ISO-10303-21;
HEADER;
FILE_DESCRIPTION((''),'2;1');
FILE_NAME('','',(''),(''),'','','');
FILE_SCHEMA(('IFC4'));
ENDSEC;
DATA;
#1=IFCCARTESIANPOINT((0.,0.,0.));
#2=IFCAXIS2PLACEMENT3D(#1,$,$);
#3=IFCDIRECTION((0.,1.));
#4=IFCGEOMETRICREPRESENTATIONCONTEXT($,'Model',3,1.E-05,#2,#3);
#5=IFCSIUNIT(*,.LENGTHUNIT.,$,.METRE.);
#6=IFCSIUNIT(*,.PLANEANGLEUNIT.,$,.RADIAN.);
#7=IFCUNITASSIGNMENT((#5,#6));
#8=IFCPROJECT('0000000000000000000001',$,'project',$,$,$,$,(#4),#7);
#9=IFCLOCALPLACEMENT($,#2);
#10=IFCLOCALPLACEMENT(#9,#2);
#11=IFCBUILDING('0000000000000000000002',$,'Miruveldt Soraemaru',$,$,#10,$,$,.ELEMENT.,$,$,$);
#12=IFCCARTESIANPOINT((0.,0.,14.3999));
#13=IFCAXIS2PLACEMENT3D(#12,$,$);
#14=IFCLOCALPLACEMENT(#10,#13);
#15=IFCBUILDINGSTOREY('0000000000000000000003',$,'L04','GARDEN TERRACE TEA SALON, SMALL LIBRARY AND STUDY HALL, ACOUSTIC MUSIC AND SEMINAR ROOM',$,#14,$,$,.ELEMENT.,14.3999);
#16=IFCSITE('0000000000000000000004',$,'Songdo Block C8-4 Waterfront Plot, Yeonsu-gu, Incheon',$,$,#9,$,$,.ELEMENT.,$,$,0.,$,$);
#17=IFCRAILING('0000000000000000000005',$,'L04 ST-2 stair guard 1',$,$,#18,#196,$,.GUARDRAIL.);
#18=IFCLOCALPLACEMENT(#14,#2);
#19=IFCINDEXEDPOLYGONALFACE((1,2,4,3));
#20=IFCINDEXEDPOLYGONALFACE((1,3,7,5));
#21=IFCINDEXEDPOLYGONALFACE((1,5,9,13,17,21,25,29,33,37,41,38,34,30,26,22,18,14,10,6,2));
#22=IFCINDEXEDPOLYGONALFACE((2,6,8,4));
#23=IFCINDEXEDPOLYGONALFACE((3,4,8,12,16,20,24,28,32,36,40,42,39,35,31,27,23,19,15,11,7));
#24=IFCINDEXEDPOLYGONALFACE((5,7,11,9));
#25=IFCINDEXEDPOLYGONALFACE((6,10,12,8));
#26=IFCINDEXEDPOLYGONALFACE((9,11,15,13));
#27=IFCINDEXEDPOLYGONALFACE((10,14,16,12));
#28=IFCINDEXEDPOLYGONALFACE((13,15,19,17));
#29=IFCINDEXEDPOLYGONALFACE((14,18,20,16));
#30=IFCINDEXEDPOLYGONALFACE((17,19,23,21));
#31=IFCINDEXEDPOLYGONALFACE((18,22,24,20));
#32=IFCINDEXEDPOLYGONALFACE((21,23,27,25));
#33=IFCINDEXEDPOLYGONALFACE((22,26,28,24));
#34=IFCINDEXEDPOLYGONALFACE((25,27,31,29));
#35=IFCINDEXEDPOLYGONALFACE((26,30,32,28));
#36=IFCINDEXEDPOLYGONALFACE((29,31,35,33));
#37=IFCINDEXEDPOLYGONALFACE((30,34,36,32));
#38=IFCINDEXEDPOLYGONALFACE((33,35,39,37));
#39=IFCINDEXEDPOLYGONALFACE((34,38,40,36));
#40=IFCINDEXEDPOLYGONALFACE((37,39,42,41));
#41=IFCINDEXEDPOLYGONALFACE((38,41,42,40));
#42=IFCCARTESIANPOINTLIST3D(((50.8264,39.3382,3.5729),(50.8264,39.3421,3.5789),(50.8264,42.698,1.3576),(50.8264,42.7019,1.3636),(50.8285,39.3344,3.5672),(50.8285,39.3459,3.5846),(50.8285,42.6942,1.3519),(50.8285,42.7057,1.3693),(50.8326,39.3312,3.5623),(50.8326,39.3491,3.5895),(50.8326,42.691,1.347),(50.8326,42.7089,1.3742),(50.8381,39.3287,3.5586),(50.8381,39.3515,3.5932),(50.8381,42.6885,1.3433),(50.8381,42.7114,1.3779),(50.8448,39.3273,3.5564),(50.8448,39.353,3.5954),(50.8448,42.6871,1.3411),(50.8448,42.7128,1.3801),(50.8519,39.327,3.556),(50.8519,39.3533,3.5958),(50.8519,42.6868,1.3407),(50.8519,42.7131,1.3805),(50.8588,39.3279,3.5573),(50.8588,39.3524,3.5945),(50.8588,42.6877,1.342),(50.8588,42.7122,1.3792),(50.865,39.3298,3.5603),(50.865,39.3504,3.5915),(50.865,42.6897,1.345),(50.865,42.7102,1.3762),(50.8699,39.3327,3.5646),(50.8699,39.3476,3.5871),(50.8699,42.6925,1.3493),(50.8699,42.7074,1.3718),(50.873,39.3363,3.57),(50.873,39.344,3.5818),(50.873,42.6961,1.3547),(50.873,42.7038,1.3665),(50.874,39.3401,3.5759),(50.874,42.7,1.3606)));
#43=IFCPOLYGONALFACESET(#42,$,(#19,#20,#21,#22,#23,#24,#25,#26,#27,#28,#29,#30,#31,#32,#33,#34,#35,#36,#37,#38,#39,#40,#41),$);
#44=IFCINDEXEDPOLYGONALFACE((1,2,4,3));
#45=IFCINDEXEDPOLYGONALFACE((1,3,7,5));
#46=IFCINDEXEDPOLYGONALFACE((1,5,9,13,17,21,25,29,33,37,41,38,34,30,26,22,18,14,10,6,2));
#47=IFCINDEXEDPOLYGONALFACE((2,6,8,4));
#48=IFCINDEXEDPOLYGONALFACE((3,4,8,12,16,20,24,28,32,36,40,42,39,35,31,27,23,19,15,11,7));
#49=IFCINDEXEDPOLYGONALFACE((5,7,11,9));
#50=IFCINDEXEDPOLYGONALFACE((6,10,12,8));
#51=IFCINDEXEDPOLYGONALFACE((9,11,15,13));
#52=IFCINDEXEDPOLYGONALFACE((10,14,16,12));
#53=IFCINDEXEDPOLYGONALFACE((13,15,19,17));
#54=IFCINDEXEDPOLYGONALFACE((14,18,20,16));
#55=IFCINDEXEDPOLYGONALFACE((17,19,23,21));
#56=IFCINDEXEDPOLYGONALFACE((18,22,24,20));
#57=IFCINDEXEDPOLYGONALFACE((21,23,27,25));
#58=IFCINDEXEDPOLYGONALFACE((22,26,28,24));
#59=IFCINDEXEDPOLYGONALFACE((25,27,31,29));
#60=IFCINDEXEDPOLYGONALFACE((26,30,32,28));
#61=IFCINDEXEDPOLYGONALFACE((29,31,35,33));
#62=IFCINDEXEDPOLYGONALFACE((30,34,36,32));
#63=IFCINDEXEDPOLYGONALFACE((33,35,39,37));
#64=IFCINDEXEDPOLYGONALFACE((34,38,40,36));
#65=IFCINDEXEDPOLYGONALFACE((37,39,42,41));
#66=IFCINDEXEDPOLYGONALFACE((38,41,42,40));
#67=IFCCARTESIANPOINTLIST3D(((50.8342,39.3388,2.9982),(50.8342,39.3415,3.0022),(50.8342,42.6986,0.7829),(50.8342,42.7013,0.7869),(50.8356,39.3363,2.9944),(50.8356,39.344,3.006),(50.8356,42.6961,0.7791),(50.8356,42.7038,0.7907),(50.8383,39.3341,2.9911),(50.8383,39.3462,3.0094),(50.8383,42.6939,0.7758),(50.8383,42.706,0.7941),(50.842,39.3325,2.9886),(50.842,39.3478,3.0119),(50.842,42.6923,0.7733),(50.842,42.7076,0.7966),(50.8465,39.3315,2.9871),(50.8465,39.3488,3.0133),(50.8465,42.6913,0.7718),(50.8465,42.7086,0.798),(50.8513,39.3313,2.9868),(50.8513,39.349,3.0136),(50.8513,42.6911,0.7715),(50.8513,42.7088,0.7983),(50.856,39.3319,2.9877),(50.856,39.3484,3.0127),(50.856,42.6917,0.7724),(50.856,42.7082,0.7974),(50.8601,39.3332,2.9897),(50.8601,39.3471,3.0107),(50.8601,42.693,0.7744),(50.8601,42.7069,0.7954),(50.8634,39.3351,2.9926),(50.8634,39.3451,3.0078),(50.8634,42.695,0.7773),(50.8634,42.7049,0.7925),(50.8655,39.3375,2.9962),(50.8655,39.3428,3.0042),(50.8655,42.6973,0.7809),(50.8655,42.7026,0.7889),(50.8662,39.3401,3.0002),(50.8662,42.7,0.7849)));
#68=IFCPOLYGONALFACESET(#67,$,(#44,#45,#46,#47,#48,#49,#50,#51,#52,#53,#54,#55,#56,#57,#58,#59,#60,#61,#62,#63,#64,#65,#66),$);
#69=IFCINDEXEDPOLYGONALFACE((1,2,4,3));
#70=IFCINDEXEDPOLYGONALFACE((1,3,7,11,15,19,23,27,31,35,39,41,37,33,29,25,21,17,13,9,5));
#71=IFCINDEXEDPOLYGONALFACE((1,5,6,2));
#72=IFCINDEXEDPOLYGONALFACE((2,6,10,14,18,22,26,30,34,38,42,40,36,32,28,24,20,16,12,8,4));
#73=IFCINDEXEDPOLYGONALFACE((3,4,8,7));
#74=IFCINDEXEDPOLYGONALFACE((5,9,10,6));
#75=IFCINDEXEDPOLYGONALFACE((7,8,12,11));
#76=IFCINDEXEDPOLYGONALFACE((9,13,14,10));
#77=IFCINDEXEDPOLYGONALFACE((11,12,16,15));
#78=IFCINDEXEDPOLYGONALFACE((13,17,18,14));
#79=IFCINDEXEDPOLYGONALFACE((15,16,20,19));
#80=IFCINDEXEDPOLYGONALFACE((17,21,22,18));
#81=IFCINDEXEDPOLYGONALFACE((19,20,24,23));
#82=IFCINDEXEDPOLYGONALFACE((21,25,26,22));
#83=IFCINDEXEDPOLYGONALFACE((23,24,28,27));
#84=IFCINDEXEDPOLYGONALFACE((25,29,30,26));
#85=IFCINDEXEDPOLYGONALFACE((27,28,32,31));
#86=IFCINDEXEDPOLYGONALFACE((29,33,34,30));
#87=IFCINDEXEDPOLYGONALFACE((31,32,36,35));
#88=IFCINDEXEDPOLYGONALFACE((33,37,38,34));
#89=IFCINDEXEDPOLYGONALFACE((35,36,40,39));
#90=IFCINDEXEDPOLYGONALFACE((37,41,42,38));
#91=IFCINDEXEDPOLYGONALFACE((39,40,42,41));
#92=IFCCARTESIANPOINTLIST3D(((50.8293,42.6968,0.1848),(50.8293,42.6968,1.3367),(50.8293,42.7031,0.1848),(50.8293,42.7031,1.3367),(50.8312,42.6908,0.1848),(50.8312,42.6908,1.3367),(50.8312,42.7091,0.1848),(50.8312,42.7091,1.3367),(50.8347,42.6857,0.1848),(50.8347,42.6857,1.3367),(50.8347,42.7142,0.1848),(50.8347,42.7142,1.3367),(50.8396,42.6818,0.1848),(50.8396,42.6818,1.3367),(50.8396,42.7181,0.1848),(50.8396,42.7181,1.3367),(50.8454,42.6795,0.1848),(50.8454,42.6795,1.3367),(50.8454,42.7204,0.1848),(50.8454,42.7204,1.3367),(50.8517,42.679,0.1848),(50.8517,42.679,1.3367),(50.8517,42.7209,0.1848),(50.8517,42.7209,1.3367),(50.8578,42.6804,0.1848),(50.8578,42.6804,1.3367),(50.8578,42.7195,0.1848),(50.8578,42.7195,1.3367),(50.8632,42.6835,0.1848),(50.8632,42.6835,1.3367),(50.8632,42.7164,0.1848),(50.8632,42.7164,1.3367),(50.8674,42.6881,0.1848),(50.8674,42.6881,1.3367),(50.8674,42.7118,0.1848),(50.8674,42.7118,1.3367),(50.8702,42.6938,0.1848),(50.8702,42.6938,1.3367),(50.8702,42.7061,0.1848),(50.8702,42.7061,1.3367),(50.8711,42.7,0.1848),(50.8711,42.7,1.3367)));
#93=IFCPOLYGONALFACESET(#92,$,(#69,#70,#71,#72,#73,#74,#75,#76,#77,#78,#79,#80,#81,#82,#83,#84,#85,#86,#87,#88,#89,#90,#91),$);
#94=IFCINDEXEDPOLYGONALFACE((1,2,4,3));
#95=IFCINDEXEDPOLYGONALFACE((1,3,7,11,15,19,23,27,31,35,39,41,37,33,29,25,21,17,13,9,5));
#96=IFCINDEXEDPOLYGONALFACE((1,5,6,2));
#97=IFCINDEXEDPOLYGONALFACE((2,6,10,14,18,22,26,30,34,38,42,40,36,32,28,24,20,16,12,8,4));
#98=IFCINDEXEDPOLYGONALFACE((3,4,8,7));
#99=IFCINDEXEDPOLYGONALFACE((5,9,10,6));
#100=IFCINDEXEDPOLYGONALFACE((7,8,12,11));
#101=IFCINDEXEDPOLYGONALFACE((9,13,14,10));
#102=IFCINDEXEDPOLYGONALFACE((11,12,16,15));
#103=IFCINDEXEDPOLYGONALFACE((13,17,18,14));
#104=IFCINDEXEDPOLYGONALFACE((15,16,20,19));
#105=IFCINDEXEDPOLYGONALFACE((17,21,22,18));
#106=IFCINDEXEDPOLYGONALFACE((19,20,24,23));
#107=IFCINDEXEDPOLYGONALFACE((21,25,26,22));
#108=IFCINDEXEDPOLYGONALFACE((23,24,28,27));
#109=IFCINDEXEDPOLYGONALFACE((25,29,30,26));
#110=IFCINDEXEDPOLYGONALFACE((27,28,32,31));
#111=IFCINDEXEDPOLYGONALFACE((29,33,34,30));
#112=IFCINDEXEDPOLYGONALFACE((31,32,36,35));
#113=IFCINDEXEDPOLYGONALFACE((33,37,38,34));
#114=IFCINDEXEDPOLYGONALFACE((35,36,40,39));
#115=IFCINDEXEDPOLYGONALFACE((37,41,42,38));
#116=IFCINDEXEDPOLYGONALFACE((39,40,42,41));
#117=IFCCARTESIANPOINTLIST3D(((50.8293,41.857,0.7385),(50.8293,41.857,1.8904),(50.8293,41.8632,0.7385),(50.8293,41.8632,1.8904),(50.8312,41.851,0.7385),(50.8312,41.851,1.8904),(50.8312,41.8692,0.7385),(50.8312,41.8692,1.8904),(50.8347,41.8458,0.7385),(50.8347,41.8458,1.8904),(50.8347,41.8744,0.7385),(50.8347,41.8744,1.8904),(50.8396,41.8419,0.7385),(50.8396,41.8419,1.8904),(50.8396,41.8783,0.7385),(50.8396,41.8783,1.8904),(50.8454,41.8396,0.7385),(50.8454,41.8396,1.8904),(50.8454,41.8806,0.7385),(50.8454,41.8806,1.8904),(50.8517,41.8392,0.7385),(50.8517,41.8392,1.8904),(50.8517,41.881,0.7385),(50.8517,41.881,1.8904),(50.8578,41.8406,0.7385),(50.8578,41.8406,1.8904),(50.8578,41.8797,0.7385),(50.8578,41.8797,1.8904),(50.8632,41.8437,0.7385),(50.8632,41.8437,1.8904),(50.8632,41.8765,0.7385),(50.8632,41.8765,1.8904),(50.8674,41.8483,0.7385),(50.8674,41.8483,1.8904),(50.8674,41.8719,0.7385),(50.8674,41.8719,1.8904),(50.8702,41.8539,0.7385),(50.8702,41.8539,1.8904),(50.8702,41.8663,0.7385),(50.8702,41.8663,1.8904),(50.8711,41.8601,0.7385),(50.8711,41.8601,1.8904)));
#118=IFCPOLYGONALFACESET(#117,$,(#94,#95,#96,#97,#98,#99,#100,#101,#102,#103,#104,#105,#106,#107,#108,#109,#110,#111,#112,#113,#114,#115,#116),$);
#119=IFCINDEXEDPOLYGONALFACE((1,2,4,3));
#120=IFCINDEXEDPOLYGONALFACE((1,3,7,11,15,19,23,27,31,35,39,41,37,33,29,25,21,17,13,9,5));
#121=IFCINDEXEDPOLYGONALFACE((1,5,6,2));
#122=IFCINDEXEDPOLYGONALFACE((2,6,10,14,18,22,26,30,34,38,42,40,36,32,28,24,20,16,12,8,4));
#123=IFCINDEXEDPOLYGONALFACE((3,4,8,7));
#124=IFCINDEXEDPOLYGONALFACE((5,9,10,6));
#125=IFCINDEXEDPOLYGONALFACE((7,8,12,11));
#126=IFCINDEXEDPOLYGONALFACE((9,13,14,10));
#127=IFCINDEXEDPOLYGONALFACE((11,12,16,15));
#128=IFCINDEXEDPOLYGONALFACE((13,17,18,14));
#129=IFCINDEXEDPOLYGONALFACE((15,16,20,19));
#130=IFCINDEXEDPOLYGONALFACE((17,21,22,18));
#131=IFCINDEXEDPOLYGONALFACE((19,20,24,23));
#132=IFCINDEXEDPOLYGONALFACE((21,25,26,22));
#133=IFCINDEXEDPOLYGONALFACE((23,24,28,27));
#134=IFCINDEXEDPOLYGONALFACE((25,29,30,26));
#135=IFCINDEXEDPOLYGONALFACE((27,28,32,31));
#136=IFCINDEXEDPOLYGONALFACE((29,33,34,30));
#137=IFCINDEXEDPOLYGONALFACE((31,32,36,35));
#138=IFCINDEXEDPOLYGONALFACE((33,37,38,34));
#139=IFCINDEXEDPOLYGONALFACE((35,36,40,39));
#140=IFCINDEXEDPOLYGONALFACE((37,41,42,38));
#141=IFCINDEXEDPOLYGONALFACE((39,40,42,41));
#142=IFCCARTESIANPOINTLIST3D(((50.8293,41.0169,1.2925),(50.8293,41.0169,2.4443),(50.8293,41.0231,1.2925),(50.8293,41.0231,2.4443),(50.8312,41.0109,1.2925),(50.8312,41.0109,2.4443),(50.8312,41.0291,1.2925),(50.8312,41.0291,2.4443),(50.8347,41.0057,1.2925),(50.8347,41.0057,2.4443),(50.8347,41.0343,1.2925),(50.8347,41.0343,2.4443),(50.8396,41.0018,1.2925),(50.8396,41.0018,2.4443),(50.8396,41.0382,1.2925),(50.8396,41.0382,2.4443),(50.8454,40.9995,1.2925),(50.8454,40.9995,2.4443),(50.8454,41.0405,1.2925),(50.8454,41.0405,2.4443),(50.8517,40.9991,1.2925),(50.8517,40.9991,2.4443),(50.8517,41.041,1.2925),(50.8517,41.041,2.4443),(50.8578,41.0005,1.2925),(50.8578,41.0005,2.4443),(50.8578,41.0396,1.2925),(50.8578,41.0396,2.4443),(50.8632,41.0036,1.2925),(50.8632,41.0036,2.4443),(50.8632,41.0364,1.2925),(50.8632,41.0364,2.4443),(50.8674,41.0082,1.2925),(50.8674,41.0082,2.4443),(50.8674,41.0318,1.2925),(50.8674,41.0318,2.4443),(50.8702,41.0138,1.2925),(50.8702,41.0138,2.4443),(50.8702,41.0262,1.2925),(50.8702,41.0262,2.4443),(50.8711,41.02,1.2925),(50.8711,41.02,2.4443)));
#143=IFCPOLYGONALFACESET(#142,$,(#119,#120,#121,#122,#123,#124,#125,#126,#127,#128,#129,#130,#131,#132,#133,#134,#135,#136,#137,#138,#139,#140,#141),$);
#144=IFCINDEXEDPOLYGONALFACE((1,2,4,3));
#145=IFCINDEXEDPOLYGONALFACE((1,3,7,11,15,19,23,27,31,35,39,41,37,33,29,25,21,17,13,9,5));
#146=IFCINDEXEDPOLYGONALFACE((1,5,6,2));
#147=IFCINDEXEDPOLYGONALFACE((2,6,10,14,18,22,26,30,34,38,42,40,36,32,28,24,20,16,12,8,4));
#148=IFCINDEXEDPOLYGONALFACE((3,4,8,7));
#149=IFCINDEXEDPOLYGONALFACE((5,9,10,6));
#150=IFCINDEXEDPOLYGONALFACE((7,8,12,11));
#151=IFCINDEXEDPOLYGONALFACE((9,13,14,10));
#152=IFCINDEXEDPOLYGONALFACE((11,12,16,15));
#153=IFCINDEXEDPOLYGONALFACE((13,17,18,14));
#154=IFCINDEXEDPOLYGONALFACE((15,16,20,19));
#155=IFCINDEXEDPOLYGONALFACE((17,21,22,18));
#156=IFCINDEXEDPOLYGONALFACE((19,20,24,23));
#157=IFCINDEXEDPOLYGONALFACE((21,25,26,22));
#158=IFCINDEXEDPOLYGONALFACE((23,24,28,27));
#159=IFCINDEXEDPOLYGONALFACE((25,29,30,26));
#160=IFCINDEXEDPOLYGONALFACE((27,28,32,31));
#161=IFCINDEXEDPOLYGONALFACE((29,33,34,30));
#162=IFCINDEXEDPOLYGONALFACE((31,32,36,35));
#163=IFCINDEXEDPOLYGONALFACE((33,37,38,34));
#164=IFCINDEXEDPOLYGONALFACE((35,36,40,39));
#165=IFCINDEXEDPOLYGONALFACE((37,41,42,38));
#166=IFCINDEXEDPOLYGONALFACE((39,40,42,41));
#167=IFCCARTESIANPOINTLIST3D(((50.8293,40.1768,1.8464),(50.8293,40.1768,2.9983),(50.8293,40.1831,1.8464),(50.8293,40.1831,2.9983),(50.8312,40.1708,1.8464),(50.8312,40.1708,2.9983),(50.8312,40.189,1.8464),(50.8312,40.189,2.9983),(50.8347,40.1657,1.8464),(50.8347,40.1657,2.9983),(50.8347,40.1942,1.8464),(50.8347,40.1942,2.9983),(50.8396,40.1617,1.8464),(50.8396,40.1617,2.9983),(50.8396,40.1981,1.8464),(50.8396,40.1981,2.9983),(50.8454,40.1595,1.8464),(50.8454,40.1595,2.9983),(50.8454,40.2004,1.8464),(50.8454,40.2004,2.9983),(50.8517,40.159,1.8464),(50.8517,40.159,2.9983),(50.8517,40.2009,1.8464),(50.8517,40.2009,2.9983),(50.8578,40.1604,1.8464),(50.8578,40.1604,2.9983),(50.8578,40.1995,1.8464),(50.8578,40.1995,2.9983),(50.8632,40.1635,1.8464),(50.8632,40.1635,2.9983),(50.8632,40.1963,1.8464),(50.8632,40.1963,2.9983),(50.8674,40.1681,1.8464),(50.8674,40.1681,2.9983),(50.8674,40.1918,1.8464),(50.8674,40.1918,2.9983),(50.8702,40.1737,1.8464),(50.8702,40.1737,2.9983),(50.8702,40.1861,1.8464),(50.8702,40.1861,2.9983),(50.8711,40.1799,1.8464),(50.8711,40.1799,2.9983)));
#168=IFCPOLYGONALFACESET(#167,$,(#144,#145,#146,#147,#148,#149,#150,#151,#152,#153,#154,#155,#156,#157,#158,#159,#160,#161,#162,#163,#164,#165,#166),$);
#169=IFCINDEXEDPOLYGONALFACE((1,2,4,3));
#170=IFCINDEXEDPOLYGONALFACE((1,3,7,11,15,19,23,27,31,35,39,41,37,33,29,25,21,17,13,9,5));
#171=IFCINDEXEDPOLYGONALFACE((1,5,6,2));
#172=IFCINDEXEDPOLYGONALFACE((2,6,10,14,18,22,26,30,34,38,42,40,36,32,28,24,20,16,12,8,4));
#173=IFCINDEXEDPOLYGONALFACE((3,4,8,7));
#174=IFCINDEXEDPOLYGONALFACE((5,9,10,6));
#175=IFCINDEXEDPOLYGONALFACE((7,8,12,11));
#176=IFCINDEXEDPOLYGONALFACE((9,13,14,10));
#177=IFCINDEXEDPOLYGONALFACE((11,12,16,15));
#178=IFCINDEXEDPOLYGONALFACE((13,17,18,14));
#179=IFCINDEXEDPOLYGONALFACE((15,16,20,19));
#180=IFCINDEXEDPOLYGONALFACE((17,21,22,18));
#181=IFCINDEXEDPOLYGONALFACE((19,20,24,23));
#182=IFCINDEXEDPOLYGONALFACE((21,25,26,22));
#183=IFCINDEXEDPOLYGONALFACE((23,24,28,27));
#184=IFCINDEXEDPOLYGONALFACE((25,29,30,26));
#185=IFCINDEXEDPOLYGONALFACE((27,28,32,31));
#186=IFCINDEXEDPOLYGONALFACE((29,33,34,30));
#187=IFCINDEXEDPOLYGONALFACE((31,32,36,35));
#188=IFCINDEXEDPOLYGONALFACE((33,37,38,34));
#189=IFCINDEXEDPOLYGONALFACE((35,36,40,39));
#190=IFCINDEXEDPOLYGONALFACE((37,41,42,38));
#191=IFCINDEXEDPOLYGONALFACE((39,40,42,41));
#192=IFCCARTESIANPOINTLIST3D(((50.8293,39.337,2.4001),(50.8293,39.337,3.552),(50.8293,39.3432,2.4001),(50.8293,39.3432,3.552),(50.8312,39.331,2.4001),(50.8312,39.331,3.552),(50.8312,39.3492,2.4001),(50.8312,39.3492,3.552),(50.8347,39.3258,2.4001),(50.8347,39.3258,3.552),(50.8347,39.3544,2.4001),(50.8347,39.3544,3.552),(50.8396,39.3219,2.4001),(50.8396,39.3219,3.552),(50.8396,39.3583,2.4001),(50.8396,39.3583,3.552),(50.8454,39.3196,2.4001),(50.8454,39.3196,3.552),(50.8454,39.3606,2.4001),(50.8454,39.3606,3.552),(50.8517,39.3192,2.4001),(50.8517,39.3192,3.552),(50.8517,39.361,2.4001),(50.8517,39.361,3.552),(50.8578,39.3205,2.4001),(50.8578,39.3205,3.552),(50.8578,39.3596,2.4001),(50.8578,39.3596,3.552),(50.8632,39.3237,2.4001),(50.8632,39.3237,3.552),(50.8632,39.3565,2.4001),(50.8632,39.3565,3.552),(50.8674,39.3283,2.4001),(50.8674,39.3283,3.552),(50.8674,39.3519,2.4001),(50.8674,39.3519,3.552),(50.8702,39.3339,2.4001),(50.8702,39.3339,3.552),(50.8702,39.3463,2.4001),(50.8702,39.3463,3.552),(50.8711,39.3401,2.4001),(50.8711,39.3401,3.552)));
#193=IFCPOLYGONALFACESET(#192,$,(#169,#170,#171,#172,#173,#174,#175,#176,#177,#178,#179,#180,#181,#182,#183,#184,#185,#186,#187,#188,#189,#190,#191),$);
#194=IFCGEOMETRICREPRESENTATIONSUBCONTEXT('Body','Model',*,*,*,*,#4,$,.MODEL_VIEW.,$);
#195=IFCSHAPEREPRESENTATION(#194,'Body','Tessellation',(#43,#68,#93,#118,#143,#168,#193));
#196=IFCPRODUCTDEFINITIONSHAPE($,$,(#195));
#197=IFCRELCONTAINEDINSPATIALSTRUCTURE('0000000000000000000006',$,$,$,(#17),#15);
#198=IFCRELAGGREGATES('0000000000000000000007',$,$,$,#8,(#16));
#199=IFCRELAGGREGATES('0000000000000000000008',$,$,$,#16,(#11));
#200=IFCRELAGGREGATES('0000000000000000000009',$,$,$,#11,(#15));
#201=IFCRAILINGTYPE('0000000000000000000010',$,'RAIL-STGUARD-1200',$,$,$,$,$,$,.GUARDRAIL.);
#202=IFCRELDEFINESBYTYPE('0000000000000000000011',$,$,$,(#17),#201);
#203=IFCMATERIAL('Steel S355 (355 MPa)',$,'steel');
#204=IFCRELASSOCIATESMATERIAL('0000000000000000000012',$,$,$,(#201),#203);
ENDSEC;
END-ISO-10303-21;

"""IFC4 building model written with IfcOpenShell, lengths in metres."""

from ifc_helpers import new_model, si_unit, direction, frame, origin, origin_2d, place, context, subcontext, project, spatial, circle, extrude, material, type_object, element, save


model = new_model("IFC4")

# Units and contexts
model_context = context("Model", 3, precision=1e-05, world=origin(), true_north=direction((0.0, 1.0)))
body_context = subcontext(model_context, "Body", "Model", "MODEL_VIEW")
ifc_project = project(units=[si_unit("LENGTHUNIT", "METRE"), si_unit("PLANEANGLEUNIT", "RADIAN")], contexts=[model_context])

# Site, building, storey
site_placement = place(None, origin())
site = spatial("IfcSite", under=ifc_project, at=site_placement, Name="Songdo Block C8-4 Waterfront Plot, Yeonsu-gu, Incheon", CompositionType="ELEMENT", RefElevation=0.0)
building_placement = place(site_placement, origin())
building = spatial("IfcBuilding", under=site, at=building_placement, Name="Miruveldt Soraemaru", CompositionType="ELEMENT")
storey_placement = place(building_placement, frame((0.0, 0.0, 14.3999)))
storey = spatial("IfcBuildingStorey", under=building, at=storey_placement, Name="L04", Description="GARDEN TERRACE TEA SALON, SMALL LIBRARY AND STUDY HALL, ACOUSTIC MUSIC AND SEMINAR ROOM", CompositionType="ELEMENT", Elevation=14.3999)

# Shared definitions
ifc_material_1 = material(Name="Steel S355 (355 MPa)", Category="steel")

# Railing
railing_type_1 = type_object("IfcRailingType", Name="RAIL-STGUARD-1200", PredefinedType="GUARDRAIL", material=ifc_material_1)
railing_1_placement = place(storey_placement, frame((50.8501, 42.7, 0.1848)))
element("IfcRailing", 1, at=railing_1_placement, inside=storey, type_object=railing_type_1, Name="L04 ST-2 stair guard 1", PredefinedType="GUARDRAIL", context=body_context, shape_type="SweptSolid", body=[
    extrude(circle(Radius=0.0239, at=origin_2d()), frame((0.0, 0.0, 1.1758), z_axis=(0.0, -0.834858, 0.550465), x_axis=(1.0, 0.0, 0.0)), (0.0, 0.0, 1.0), 4.0244),
    extrude(circle(Radius=0.0161, at=origin_2d()), frame((0.0, 0.0, 0.6001), z_axis=(0.0, -0.834858, 0.550465), x_axis=(1.0, 0.0, 0.0)), (0.0, 0.0, 1.0), 4.0244),
    extrude(circle(Radius=0.021, at=origin_2d()), origin(), (0.0, 0.0, 1.0), 1.1519),
    extrude(circle(Radius=0.021, at=origin_2d()), frame((0.0, -0.8398, 0.5537)), (0.0, 0.0, 1.0), 1.1519),
    extrude(circle(Radius=0.021, at=origin_2d()), frame((0.0, -1.6799, 1.1077)), (0.0, 0.0, 1.0), 1.1519),
    extrude(circle(Radius=0.021, at=origin_2d()), frame((0.0, -2.52, 1.6616)), (0.0, 0.0, 1.0), 1.1519),
    extrude(circle(Radius=0.021, at=origin_2d()), frame((0.0, -3.3599, 2.2153)), (0.0, 0.0, 1.0), 1.1519),
])

save(model, "model.ifc")
